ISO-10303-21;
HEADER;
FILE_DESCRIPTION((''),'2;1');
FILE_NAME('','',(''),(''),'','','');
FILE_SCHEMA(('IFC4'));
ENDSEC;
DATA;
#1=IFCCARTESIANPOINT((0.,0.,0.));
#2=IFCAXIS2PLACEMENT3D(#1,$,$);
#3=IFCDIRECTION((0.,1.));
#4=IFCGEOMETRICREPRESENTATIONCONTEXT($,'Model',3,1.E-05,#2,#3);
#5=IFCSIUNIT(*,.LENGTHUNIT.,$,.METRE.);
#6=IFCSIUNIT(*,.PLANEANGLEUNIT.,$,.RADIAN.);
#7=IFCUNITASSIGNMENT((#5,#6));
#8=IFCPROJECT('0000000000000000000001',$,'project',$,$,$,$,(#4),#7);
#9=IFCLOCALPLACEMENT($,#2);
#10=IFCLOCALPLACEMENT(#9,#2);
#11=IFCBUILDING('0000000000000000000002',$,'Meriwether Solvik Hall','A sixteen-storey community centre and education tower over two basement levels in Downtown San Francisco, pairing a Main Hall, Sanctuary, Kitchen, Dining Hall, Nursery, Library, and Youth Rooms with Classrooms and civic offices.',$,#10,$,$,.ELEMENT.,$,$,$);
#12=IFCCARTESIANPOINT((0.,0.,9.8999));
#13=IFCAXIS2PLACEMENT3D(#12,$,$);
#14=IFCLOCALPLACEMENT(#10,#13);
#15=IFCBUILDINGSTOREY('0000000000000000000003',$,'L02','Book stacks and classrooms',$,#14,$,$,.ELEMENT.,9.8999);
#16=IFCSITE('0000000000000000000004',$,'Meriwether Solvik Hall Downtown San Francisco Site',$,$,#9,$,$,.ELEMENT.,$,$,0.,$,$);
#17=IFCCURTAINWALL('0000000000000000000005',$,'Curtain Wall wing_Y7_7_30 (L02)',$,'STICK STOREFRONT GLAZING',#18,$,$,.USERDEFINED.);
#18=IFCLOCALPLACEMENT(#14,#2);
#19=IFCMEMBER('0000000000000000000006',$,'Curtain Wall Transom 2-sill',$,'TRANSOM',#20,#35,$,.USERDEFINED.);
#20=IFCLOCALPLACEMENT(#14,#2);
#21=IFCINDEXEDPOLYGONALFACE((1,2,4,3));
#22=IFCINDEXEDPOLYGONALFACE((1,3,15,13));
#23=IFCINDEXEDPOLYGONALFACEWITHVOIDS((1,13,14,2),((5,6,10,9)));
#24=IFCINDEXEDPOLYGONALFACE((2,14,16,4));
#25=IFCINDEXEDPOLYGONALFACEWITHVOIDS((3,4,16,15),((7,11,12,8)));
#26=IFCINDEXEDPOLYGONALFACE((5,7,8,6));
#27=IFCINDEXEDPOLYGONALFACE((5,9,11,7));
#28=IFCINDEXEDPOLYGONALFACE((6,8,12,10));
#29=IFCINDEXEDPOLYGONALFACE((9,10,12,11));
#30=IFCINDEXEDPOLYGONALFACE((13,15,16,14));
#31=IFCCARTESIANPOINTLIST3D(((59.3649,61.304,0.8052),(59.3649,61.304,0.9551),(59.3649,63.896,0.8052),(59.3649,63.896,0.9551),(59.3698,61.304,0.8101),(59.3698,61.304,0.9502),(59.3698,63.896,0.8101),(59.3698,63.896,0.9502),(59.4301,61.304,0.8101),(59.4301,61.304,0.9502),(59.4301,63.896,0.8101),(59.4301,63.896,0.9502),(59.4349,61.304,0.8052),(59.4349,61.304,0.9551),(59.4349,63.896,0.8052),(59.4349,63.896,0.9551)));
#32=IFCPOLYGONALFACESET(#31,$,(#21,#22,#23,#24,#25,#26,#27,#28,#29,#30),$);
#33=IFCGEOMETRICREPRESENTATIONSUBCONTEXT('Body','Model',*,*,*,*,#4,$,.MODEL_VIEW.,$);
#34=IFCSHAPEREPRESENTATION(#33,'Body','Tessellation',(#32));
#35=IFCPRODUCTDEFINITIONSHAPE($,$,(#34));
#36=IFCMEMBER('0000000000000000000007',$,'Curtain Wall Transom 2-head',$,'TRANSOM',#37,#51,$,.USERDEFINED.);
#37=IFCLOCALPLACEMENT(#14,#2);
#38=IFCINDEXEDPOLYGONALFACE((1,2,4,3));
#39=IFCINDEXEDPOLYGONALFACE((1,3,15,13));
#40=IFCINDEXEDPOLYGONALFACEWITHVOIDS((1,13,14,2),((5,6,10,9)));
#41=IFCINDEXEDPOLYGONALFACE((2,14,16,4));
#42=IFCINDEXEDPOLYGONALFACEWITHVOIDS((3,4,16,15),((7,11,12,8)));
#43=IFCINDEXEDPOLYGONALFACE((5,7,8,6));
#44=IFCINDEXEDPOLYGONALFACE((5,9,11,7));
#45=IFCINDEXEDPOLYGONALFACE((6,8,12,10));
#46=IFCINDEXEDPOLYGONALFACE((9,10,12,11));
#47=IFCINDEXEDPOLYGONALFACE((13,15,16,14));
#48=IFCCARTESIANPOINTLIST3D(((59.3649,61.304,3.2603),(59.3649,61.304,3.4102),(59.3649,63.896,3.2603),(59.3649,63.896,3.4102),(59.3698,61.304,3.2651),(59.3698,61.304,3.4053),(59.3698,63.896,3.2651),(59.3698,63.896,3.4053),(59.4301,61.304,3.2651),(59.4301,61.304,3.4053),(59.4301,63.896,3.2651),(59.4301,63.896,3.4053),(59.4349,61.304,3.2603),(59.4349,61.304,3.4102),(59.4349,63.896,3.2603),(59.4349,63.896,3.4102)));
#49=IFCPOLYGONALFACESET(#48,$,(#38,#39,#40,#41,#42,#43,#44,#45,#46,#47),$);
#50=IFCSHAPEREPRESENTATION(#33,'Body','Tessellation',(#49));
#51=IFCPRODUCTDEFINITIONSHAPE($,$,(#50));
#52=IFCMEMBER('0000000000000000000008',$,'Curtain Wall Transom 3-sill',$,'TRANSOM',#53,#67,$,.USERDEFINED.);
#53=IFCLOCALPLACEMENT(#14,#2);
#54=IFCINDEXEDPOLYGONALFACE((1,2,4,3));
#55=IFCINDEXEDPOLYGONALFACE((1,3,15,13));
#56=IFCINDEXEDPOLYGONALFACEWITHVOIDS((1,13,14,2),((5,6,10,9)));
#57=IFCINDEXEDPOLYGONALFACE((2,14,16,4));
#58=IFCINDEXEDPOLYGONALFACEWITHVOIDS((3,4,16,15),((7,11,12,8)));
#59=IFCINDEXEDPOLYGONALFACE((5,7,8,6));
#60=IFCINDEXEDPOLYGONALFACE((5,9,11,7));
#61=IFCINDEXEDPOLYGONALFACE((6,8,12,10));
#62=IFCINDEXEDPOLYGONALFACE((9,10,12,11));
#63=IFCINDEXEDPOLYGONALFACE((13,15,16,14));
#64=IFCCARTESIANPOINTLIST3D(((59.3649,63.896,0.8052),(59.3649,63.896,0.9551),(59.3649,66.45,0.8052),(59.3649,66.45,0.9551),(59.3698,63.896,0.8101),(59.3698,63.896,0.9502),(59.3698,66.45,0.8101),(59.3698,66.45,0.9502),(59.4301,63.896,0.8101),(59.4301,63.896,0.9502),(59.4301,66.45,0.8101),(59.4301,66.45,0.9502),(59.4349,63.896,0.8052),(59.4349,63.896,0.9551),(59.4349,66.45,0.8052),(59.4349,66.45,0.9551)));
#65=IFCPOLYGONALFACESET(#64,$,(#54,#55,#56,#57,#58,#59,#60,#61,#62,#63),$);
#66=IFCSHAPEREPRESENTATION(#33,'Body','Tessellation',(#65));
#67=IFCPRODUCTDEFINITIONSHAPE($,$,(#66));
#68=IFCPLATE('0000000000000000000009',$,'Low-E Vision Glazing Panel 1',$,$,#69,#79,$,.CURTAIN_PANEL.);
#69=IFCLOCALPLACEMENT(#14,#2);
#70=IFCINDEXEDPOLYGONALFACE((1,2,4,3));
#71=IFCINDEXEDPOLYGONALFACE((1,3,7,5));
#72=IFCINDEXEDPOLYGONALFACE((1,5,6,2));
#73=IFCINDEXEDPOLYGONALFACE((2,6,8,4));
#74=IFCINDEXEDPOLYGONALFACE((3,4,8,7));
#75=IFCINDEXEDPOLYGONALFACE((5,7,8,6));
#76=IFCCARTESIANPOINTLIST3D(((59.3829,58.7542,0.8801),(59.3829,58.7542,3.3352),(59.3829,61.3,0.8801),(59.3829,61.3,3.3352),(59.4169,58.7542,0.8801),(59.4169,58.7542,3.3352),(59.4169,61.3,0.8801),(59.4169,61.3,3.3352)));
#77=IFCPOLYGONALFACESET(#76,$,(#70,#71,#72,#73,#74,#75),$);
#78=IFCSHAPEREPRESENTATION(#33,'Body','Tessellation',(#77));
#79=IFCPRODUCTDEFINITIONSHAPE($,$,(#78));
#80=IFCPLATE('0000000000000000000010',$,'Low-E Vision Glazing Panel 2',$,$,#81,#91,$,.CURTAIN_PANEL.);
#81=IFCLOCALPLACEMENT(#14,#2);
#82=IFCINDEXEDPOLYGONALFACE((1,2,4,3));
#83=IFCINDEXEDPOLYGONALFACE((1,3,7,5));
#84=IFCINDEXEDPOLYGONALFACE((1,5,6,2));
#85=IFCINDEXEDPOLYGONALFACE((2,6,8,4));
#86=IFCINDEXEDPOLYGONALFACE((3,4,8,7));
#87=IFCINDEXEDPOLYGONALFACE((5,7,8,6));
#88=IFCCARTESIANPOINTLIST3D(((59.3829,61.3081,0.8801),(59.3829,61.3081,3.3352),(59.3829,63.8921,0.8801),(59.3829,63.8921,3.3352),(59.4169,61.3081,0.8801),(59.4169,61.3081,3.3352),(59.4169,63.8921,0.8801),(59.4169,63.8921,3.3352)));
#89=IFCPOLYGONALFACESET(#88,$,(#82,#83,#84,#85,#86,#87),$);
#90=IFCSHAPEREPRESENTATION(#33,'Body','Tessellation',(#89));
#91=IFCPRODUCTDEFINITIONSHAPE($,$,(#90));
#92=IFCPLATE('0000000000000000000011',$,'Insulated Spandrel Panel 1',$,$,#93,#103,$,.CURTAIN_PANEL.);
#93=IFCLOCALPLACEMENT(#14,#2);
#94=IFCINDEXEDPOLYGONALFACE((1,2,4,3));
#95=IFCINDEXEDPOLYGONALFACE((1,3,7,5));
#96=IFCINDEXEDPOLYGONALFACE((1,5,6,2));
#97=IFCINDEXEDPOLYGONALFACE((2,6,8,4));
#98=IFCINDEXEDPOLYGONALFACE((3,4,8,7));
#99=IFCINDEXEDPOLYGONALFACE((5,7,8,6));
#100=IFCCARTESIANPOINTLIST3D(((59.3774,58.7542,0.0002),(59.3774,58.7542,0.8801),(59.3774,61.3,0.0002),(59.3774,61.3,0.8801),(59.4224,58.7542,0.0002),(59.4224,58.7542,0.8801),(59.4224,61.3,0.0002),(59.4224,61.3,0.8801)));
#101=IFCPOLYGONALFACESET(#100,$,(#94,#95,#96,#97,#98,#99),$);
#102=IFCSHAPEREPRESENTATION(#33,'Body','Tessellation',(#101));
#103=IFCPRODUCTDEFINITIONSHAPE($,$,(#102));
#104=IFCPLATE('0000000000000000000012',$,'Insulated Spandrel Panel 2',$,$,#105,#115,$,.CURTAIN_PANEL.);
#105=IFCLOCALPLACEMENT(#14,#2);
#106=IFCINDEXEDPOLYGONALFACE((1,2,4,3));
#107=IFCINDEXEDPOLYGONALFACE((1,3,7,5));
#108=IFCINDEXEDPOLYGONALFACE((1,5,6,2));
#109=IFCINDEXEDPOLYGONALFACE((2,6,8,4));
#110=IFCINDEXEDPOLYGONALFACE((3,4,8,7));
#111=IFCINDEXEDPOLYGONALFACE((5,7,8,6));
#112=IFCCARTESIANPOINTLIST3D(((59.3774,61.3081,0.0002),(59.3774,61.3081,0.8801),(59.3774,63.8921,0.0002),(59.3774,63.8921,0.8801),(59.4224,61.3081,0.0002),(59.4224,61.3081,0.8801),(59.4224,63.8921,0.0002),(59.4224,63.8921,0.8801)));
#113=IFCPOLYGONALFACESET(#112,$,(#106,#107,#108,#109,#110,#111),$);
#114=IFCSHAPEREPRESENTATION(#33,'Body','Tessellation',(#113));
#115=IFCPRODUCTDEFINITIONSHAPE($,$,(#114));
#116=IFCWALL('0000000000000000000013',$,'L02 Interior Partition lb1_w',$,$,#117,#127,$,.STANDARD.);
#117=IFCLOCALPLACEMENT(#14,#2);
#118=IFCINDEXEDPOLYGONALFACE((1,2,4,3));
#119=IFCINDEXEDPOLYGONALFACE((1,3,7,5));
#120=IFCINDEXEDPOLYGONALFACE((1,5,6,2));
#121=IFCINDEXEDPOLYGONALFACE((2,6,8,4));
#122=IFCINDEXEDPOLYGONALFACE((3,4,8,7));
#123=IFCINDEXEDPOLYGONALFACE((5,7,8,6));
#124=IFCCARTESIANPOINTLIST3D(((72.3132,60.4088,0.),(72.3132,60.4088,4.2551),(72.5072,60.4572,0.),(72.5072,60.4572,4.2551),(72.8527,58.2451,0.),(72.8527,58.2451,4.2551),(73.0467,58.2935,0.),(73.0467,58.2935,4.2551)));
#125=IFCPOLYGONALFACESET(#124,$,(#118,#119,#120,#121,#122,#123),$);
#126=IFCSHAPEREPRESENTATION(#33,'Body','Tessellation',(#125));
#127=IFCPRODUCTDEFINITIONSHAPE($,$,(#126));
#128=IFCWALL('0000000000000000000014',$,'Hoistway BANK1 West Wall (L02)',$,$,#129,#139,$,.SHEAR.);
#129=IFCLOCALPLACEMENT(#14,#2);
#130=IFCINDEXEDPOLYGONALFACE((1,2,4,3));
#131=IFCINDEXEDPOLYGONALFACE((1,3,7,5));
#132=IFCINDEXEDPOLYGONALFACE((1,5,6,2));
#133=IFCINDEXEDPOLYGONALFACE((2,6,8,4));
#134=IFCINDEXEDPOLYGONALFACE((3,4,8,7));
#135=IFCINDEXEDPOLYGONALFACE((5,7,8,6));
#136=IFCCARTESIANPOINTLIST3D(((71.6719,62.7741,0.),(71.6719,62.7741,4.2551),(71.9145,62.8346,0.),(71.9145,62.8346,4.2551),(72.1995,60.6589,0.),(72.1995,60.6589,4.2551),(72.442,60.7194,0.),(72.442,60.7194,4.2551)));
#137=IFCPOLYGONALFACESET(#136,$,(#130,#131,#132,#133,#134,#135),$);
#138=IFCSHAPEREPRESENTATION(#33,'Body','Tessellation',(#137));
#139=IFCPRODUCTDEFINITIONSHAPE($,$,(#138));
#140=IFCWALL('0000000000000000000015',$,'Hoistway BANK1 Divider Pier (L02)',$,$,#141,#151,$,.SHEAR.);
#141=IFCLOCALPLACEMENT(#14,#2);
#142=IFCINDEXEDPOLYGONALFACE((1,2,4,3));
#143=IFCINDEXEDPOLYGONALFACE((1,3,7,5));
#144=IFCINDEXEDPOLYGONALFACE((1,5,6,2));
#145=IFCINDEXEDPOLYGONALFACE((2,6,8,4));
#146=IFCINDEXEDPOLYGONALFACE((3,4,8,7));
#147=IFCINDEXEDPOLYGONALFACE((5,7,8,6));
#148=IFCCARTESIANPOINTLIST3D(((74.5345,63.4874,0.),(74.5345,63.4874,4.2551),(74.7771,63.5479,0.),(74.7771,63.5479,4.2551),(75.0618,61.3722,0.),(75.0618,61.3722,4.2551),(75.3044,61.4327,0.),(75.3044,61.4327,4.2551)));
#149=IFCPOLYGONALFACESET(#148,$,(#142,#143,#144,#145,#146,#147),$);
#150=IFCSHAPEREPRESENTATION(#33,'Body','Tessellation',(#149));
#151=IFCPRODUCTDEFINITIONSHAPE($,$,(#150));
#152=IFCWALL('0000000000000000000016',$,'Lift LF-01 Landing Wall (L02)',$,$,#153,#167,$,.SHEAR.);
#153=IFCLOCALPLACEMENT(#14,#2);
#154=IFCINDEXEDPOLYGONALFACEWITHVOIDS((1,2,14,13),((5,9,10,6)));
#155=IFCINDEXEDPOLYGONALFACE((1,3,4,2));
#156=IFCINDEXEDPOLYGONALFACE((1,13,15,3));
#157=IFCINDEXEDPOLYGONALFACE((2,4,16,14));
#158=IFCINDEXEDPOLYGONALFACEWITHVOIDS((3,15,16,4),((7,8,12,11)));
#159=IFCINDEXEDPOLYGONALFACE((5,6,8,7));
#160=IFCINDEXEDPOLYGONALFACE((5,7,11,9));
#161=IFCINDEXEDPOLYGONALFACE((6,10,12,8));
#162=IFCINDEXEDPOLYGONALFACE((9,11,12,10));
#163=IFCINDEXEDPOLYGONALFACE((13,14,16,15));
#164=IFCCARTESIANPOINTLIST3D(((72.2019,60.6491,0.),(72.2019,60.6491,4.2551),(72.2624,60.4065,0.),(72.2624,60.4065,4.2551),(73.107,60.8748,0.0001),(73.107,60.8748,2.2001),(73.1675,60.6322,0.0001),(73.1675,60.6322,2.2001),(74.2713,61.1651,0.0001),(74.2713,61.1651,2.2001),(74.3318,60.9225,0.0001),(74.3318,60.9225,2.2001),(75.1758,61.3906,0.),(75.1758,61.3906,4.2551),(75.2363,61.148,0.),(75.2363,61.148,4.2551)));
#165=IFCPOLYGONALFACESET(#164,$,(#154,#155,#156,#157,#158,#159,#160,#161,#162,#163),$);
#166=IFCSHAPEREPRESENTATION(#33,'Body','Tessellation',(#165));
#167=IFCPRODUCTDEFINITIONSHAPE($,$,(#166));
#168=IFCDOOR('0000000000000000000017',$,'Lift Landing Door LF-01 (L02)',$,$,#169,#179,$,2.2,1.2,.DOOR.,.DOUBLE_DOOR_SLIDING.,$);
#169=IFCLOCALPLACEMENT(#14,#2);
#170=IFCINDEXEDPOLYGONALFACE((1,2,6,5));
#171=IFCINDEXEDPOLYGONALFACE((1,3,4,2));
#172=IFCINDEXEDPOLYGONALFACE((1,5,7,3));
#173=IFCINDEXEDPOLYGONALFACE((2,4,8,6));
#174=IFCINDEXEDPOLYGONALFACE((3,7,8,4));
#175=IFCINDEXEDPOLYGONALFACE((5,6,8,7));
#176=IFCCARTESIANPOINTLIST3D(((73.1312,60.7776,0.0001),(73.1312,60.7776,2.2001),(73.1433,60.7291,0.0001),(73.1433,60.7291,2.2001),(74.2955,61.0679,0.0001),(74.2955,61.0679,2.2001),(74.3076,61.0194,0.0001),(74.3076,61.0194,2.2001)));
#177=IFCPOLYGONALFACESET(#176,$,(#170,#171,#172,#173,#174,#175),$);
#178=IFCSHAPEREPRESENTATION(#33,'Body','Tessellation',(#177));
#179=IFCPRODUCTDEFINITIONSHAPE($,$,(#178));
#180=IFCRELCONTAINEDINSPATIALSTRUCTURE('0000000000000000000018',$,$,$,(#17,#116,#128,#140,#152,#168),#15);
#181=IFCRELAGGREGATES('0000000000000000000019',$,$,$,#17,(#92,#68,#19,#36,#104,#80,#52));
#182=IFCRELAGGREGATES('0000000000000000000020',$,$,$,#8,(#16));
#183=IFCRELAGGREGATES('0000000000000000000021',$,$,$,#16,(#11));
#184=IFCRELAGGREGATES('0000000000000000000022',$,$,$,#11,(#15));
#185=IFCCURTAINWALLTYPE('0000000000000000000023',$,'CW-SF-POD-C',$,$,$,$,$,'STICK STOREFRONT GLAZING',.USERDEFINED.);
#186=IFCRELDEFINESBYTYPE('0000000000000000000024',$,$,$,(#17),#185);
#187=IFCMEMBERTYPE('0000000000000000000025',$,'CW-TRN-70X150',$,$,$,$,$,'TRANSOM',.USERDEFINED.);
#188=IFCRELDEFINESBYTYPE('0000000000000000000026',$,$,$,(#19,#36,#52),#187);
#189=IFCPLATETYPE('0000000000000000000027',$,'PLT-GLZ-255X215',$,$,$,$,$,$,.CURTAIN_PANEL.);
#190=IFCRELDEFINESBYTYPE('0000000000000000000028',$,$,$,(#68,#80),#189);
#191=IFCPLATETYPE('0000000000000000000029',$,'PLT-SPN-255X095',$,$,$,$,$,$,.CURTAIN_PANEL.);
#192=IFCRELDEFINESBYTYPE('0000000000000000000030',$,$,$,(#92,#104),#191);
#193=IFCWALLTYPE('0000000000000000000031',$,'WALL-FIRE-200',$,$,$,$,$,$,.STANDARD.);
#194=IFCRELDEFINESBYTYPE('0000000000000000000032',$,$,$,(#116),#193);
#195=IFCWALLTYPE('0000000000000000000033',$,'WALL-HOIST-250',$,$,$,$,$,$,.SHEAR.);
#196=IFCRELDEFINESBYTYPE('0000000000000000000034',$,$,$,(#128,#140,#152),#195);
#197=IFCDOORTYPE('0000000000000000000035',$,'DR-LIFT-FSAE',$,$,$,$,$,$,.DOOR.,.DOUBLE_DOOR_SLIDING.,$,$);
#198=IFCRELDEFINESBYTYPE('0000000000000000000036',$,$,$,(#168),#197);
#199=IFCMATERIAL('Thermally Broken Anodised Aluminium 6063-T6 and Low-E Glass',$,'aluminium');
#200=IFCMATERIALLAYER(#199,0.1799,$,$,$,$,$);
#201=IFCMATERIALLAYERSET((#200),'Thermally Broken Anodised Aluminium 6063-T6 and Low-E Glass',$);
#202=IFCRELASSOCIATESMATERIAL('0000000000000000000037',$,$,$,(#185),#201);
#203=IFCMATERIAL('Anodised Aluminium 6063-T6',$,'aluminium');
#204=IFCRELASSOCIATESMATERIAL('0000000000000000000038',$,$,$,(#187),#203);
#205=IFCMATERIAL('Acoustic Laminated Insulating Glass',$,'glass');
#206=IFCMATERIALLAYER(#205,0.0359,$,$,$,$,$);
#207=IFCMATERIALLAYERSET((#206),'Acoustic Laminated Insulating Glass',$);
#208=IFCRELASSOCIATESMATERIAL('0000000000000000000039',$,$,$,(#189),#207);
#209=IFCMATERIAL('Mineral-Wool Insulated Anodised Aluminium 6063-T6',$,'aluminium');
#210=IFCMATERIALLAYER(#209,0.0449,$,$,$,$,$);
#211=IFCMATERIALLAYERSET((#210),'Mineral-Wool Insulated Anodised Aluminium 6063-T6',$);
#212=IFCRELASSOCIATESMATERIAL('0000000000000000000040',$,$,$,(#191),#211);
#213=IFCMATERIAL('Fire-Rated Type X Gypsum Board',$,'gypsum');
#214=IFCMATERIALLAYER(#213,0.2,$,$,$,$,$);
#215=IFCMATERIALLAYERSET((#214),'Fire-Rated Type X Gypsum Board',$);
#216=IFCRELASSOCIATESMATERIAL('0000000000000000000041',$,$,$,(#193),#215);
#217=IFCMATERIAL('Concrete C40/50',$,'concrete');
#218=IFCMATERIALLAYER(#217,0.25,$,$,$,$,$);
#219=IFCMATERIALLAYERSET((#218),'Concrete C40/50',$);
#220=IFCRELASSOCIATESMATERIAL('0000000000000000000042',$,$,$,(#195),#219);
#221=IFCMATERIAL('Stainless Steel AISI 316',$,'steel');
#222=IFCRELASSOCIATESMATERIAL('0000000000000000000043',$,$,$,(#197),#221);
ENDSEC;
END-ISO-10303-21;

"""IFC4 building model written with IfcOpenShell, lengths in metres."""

from ifc_helpers import new_model, si_unit, direction, frame, frame_2d, origin, origin_2d, place, context, subcontext, project, spatial, rectangle, hollow_rectangle, extrude, material, layer, layer_set, material_profile, profile_set, type_object, element, fill, aggregate, save


model = new_model("IFC4")

# Units and contexts
model_context = context("Model", 3, precision=1e-05, world=origin(), true_north=direction((0.0, 1.0)))
body_context = subcontext(model_context, "Body", "Model", "MODEL_VIEW")
ifc_project = project(units=[si_unit("LENGTHUNIT", "METRE"), si_unit("PLANEANGLEUNIT", "RADIAN")], contexts=[model_context])

# Site, building, storey
site_placement = place(None, origin())
site = spatial("IfcSite", under=ifc_project, at=site_placement, Name="Meriwether Solvik Hall Downtown San Francisco Site", CompositionType="ELEMENT", RefElevation=0.0)
building_placement = place(site_placement, origin())
building = spatial("IfcBuilding", under=site, at=building_placement, Name="Meriwether Solvik Hall", Description="A sixteen-storey community centre and education tower over two basement levels in Downtown San Francisco, pairing a Main Hall, Sanctuary, Kitchen, Dining Hall, Nursery, Library, and Youth Rooms with Classrooms and civic offices.", CompositionType="ELEMENT")
storey_placement = place(building_placement, frame((0.0, 0.0, 9.8999)))
storey = spatial("IfcBuildingStorey", under=building, at=storey_placement, Name="L02", Description="Book stacks and classrooms", CompositionType="ELEMENT", Elevation=9.8999)

# Curtain wall, members, plates
ifc_material_1 = material(Name="Thermally Broken Anodised Aluminium 6063-T6 and Low-E Glass", Category="aluminium")
ifc_layer_1 = layer(ifc_material_1, 0.1799)
ifc_layer_set_1 = layer_set([ifc_layer_1], Name="Thermally Broken Anodised Aluminium 6063-T6 and Low-E Glass")
curtain_wall_type = type_object("IfcCurtainWallType", Name="CW-SF-POD-C", ElementType="STICK STOREFRONT GLAZING", PredefinedType="USERDEFINED", material=ifc_layer_set_1)
curtain_wall_placement = place(storey_placement, origin())
curtain_wall = element("IfcCurtainWall", 1, at=curtain_wall_placement, inside=storey, type_object=curtain_wall_type, Name="Curtain Wall wing_Y7_7_30 (L02)", ObjectType="STICK STOREFRONT GLAZING", PredefinedType="USERDEFINED")
ifc_material_2 = material(Name="Anodised Aluminium 6063-T6", Category="aluminium")
ifc_material_profile_1 = material_profile(ifc_material_2, hollow_rectangle(XDim=0.0701, YDim=0.1499, WallThickness=0.0049, at=origin_2d()), Name="CWT-70X150")
ifc_profile_set_1 = profile_set([ifc_material_profile_1], Name="Anodised Aluminium 6063-T6")
member_type_1 = type_object("IfcMemberType", Name="CW-TRN-70X150", ElementType="TRANSOM", PredefinedType="USERDEFINED", material=ifc_profile_set_1)
member_1_placement = place(storey_placement, frame((59.3999, 61.304, 0.8801), z_axis=(0.0, 1.0, 0.0), x_axis=(-1.0, 0.0, 0.0)))
member_1 = element("IfcMember", 2, at=member_1_placement, type_object=member_type_1, Name="Curtain Wall Transom 2-sill", ObjectType="TRANSOM", PredefinedType="USERDEFINED", context=body_context, shape_type="SweptSolid", body=[
    extrude(hollow_rectangle(XDim=0.0701, YDim=0.1499, WallThickness=0.0049, at=origin_2d()), origin(), (0.0, 0.0, 1.0), 2.592),
])
member_2_placement = place(storey_placement, frame((59.3999, 61.304, 3.3352), z_axis=(0.0, 1.0, 0.0), x_axis=(-1.0, 0.0, 0.0)))
member_2 = element("IfcMember", 3, at=member_2_placement, type_object=member_type_1, Name="Curtain Wall Transom 2-head", ObjectType="TRANSOM", PredefinedType="USERDEFINED", context=body_context, shape_type="SweptSolid", body=[
    extrude(hollow_rectangle(XDim=0.0701, YDim=0.1499, WallThickness=0.0049, at=origin_2d()), origin(), (0.0, 0.0, 1.0), 2.592),
])
member_3_placement = place(storey_placement, frame((59.3999, 63.896, 0.8801), z_axis=(0.0, 1.0, 0.0), x_axis=(-1.0, 0.0, 0.0)))
member_3 = element("IfcMember", 4, at=member_3_placement, type_object=member_type_1, Name="Curtain Wall Transom 3-sill", ObjectType="TRANSOM", PredefinedType="USERDEFINED", context=body_context, shape_type="SweptSolid", body=[
    extrude(hollow_rectangle(XDim=0.0701, YDim=0.1499, WallThickness=0.0049, at=origin_2d()), origin(), (0.0, 0.0, 1.0), 2.554),
])
ifc_material_3 = material(Name="Acoustic Laminated Insulating Glass", Category="glass")
ifc_layer_2 = layer(ifc_material_3, 0.0359)
ifc_layer_set_2 = layer_set([ifc_layer_2], Name="Acoustic Laminated Insulating Glass")
plate_type_1 = type_object("IfcPlateType", Name="PLT-GLZ-255X215", PredefinedType="CURTAIN_PANEL", material=ifc_layer_set_2)
plate_1_placement = place(storey_placement, frame((59.3999, 60.0271, 0.8801), z_axis=(0.0, 0.0, 1.0), x_axis=(0.0, 1.0, 0.0)))
plate_1 = element("IfcPlate", 5, at=plate_1_placement, type_object=plate_type_1, Name="Low-E Vision Glazing Panel 1", PredefinedType="CURTAIN_PANEL", context=body_context, shape_type="SweptSolid", body=[
    extrude(rectangle(XDim=2.5459, YDim=0.0339, at=origin_2d()), origin(), (0.0, 0.0, 1.0), 2.4551),
])
plate_2_placement = place(storey_placement, frame((59.3999, 62.6001, 0.8801), z_axis=(0.0, 0.0, 1.0), x_axis=(0.0, 1.0, 0.0)))
plate_2 = element("IfcPlate", 6, at=plate_2_placement, type_object=plate_type_1, Name="Low-E Vision Glazing Panel 2", PredefinedType="CURTAIN_PANEL", context=body_context, shape_type="SweptSolid", body=[
    extrude(rectangle(XDim=2.584, YDim=0.0339, at=origin_2d()), origin(), (0.0, 0.0, 1.0), 2.4551),
])
ifc_material_4 = material(Name="Mineral-Wool Insulated Anodised Aluminium 6063-T6", Category="aluminium")
ifc_layer_3 = layer(ifc_material_4, 0.0449)
ifc_layer_set_3 = layer_set([ifc_layer_3], Name="Mineral-Wool Insulated Anodised Aluminium 6063-T6")
plate_type_2 = type_object("IfcPlateType", Name="PLT-SPN-255X095", PredefinedType="CURTAIN_PANEL", material=ifc_layer_set_3)
plate_3_placement = place(storey_placement, frame((59.3999, 60.0271, 0.0002), z_axis=(0.0, 0.0, 1.0), x_axis=(0.0, 1.0, 0.0)))
plate_3 = element("IfcPlate", 7, at=plate_3_placement, type_object=plate_type_2, Name="Insulated Spandrel Panel 1", PredefinedType="CURTAIN_PANEL", context=body_context, shape_type="SweptSolid", body=[
    extrude(rectangle(XDim=2.5459, YDim=0.0449, at=origin_2d()), origin(), (0.0, 0.0, 1.0), 0.8799),
])
plate_4_placement = place(storey_placement, frame((59.3999, 62.6001, 0.0002), z_axis=(0.0, 0.0, 1.0), x_axis=(0.0, 1.0, 0.0)))
plate_4 = element("IfcPlate", 8, at=plate_4_placement, type_object=plate_type_2, Name="Insulated Spandrel Panel 2", PredefinedType="CURTAIN_PANEL", context=body_context, shape_type="SweptSolid", body=[
    extrude(rectangle(XDim=2.584, YDim=0.0449, at=origin_2d()), origin(), (0.0, 0.0, 1.0), 0.8799),
])
aggregate(curtain_wall, [plate_3, plate_1, member_1, member_2, plate_4, plate_2, member_3])

# Walls
ifc_material_5 = material(Name="Fire-Rated Type X Gypsum Board", Category="gypsum")
ifc_layer_4 = layer(ifc_material_5, 0.2)
ifc_layer_set_4 = layer_set([ifc_layer_4], Name="Fire-Rated Type X Gypsum Board")
wall_type_1 = type_object("IfcWallType", Name="WALL-FIRE-200", PredefinedType="STANDARD", material=ifc_layer_set_4)
wall_1_placement = place(storey_placement, frame((72.9497, 58.2693, 0.0), z_axis=(0.0, 0.0, 1.0), x_axis=(-0.241943, 0.97029, 0.0)))
element("IfcWall", 9, at=wall_1_placement, inside=storey, type_object=wall_type_1, Name="L02 Interior Partition lb1_w", PredefinedType="STANDARD", context=body_context, shape_type="SweptSolid", body=[
    extrude(rectangle(XDim=2.23, YDim=0.2, at=frame_2d((1.115, 0.0))), origin(), (0.0, 0.0, 1.0), 4.2551),
])
ifc_material_6 = material(Name="Concrete C40/50", Category="concrete")
ifc_layer_5 = layer(ifc_material_6, 0.25)
ifc_layer_set_5 = layer_set([ifc_layer_5], Name="Concrete C40/50")
wall_type_2 = type_object("IfcWallType", Name="WALL-HOIST-250", PredefinedType="SHEAR", material=ifc_layer_set_5)
for number, where, z_axis, x_axis, name in (
    (10, (71.7932, 62.8042, 0.0), (0.0, 0.0, 1.0), (0.242009, -0.970274, 0.0), "Hoistway BANK1 West Wall (L02)"),
    (11, (75.1831, 61.4026, 0.0), (0.0, 0.0, 1.0), (-0.241903, 0.9703, 0.0), "Hoistway BANK1 Divider Pier (L02)"),
):
    element("IfcWall", number, at=place(storey_placement, frame(where, z_axis=z_axis, x_axis=x_axis)), inside=storey, type_object=wall_type_2, Name=name, PredefinedType="SHEAR", context=body_context, shape_type="SweptSolid", body=[
        extrude(rectangle(XDim=2.1799, YDim=0.25, at=frame_2d((1.0898, 0.0))), origin(), (0.0, 0.0, 1.0), 4.2551),
    ])

# Wall, opening, door
wall_2_placement = place(storey_placement, frame((72.2322, 60.5278, 0.0), z_axis=(0.0, 0.0, 1.0), x_axis=(0.970297, 0.241917, 0.0)))
wall_2 = element("IfcWall", 12, at=wall_2_placement, inside=storey, type_object=wall_type_2, Name="Lift LF-01 Landing Wall (L02)", PredefinedType="SHEAR", context=body_context, shape_type="SweptSolid", body=[
    extrude(rectangle(XDim=3.0649, YDim=0.25, at=frame_2d((1.5325, 0.0))), origin(), (0.0, 0.0, 1.0), 4.2551),
])
opening_1_placement = place(wall_2_placement, frame((0.9326, 0.0, 0.0)))
opening_1 = element("IfcOpeningElement", 13, at=opening_1_placement, cuts=wall_2, PredefinedType="OPENING", context=body_context, shape_type="SweptSolid", body=[
    extrude(rectangle(XDim=1.2, YDim=2.2, at=frame_2d((0.6001, 1.1001))), frame((0.0, 0.137, 0.0), z_axis=(0.0, -1.0, 0.0), x_axis=(1.0, 0.0, 0.0)), (0.0, 0.0, 1.0), 0.2739),
])
ifc_material_7 = material(Name="Stainless Steel AISI 316", Category="steel")
door_type_1 = type_object("IfcDoorType", Name="DR-LIFT-FSAE", OperationType="DOUBLE_DOOR_SLIDING", PredefinedType="DOOR", material=ifc_material_7)
door_1_placement = place(opening_1_placement, origin())
door_1 = element("IfcDoor", 14, at=door_1_placement, inside=storey, type_object=door_type_1, Name="Lift Landing Door LF-01 (L02)", OperationType="DOUBLE_DOOR_SLIDING", OverallHeight=2.2, OverallWidth=1.2, PredefinedType="DOOR", context=body_context, shape_type="SweptSolid", body=[
    extrude(rectangle(XDim=1.2, YDim=2.2, at=frame_2d((0.6001, 1.1001))), frame((0.0, 0.0249, 0.0), z_axis=(0.0, -1.0, 0.0), x_axis=(1.0, 0.0, 0.0)), (0.0, 0.0, 1.0), 0.05),
])
fill(opening_1, door_1)

save(model, "model.ifc")
